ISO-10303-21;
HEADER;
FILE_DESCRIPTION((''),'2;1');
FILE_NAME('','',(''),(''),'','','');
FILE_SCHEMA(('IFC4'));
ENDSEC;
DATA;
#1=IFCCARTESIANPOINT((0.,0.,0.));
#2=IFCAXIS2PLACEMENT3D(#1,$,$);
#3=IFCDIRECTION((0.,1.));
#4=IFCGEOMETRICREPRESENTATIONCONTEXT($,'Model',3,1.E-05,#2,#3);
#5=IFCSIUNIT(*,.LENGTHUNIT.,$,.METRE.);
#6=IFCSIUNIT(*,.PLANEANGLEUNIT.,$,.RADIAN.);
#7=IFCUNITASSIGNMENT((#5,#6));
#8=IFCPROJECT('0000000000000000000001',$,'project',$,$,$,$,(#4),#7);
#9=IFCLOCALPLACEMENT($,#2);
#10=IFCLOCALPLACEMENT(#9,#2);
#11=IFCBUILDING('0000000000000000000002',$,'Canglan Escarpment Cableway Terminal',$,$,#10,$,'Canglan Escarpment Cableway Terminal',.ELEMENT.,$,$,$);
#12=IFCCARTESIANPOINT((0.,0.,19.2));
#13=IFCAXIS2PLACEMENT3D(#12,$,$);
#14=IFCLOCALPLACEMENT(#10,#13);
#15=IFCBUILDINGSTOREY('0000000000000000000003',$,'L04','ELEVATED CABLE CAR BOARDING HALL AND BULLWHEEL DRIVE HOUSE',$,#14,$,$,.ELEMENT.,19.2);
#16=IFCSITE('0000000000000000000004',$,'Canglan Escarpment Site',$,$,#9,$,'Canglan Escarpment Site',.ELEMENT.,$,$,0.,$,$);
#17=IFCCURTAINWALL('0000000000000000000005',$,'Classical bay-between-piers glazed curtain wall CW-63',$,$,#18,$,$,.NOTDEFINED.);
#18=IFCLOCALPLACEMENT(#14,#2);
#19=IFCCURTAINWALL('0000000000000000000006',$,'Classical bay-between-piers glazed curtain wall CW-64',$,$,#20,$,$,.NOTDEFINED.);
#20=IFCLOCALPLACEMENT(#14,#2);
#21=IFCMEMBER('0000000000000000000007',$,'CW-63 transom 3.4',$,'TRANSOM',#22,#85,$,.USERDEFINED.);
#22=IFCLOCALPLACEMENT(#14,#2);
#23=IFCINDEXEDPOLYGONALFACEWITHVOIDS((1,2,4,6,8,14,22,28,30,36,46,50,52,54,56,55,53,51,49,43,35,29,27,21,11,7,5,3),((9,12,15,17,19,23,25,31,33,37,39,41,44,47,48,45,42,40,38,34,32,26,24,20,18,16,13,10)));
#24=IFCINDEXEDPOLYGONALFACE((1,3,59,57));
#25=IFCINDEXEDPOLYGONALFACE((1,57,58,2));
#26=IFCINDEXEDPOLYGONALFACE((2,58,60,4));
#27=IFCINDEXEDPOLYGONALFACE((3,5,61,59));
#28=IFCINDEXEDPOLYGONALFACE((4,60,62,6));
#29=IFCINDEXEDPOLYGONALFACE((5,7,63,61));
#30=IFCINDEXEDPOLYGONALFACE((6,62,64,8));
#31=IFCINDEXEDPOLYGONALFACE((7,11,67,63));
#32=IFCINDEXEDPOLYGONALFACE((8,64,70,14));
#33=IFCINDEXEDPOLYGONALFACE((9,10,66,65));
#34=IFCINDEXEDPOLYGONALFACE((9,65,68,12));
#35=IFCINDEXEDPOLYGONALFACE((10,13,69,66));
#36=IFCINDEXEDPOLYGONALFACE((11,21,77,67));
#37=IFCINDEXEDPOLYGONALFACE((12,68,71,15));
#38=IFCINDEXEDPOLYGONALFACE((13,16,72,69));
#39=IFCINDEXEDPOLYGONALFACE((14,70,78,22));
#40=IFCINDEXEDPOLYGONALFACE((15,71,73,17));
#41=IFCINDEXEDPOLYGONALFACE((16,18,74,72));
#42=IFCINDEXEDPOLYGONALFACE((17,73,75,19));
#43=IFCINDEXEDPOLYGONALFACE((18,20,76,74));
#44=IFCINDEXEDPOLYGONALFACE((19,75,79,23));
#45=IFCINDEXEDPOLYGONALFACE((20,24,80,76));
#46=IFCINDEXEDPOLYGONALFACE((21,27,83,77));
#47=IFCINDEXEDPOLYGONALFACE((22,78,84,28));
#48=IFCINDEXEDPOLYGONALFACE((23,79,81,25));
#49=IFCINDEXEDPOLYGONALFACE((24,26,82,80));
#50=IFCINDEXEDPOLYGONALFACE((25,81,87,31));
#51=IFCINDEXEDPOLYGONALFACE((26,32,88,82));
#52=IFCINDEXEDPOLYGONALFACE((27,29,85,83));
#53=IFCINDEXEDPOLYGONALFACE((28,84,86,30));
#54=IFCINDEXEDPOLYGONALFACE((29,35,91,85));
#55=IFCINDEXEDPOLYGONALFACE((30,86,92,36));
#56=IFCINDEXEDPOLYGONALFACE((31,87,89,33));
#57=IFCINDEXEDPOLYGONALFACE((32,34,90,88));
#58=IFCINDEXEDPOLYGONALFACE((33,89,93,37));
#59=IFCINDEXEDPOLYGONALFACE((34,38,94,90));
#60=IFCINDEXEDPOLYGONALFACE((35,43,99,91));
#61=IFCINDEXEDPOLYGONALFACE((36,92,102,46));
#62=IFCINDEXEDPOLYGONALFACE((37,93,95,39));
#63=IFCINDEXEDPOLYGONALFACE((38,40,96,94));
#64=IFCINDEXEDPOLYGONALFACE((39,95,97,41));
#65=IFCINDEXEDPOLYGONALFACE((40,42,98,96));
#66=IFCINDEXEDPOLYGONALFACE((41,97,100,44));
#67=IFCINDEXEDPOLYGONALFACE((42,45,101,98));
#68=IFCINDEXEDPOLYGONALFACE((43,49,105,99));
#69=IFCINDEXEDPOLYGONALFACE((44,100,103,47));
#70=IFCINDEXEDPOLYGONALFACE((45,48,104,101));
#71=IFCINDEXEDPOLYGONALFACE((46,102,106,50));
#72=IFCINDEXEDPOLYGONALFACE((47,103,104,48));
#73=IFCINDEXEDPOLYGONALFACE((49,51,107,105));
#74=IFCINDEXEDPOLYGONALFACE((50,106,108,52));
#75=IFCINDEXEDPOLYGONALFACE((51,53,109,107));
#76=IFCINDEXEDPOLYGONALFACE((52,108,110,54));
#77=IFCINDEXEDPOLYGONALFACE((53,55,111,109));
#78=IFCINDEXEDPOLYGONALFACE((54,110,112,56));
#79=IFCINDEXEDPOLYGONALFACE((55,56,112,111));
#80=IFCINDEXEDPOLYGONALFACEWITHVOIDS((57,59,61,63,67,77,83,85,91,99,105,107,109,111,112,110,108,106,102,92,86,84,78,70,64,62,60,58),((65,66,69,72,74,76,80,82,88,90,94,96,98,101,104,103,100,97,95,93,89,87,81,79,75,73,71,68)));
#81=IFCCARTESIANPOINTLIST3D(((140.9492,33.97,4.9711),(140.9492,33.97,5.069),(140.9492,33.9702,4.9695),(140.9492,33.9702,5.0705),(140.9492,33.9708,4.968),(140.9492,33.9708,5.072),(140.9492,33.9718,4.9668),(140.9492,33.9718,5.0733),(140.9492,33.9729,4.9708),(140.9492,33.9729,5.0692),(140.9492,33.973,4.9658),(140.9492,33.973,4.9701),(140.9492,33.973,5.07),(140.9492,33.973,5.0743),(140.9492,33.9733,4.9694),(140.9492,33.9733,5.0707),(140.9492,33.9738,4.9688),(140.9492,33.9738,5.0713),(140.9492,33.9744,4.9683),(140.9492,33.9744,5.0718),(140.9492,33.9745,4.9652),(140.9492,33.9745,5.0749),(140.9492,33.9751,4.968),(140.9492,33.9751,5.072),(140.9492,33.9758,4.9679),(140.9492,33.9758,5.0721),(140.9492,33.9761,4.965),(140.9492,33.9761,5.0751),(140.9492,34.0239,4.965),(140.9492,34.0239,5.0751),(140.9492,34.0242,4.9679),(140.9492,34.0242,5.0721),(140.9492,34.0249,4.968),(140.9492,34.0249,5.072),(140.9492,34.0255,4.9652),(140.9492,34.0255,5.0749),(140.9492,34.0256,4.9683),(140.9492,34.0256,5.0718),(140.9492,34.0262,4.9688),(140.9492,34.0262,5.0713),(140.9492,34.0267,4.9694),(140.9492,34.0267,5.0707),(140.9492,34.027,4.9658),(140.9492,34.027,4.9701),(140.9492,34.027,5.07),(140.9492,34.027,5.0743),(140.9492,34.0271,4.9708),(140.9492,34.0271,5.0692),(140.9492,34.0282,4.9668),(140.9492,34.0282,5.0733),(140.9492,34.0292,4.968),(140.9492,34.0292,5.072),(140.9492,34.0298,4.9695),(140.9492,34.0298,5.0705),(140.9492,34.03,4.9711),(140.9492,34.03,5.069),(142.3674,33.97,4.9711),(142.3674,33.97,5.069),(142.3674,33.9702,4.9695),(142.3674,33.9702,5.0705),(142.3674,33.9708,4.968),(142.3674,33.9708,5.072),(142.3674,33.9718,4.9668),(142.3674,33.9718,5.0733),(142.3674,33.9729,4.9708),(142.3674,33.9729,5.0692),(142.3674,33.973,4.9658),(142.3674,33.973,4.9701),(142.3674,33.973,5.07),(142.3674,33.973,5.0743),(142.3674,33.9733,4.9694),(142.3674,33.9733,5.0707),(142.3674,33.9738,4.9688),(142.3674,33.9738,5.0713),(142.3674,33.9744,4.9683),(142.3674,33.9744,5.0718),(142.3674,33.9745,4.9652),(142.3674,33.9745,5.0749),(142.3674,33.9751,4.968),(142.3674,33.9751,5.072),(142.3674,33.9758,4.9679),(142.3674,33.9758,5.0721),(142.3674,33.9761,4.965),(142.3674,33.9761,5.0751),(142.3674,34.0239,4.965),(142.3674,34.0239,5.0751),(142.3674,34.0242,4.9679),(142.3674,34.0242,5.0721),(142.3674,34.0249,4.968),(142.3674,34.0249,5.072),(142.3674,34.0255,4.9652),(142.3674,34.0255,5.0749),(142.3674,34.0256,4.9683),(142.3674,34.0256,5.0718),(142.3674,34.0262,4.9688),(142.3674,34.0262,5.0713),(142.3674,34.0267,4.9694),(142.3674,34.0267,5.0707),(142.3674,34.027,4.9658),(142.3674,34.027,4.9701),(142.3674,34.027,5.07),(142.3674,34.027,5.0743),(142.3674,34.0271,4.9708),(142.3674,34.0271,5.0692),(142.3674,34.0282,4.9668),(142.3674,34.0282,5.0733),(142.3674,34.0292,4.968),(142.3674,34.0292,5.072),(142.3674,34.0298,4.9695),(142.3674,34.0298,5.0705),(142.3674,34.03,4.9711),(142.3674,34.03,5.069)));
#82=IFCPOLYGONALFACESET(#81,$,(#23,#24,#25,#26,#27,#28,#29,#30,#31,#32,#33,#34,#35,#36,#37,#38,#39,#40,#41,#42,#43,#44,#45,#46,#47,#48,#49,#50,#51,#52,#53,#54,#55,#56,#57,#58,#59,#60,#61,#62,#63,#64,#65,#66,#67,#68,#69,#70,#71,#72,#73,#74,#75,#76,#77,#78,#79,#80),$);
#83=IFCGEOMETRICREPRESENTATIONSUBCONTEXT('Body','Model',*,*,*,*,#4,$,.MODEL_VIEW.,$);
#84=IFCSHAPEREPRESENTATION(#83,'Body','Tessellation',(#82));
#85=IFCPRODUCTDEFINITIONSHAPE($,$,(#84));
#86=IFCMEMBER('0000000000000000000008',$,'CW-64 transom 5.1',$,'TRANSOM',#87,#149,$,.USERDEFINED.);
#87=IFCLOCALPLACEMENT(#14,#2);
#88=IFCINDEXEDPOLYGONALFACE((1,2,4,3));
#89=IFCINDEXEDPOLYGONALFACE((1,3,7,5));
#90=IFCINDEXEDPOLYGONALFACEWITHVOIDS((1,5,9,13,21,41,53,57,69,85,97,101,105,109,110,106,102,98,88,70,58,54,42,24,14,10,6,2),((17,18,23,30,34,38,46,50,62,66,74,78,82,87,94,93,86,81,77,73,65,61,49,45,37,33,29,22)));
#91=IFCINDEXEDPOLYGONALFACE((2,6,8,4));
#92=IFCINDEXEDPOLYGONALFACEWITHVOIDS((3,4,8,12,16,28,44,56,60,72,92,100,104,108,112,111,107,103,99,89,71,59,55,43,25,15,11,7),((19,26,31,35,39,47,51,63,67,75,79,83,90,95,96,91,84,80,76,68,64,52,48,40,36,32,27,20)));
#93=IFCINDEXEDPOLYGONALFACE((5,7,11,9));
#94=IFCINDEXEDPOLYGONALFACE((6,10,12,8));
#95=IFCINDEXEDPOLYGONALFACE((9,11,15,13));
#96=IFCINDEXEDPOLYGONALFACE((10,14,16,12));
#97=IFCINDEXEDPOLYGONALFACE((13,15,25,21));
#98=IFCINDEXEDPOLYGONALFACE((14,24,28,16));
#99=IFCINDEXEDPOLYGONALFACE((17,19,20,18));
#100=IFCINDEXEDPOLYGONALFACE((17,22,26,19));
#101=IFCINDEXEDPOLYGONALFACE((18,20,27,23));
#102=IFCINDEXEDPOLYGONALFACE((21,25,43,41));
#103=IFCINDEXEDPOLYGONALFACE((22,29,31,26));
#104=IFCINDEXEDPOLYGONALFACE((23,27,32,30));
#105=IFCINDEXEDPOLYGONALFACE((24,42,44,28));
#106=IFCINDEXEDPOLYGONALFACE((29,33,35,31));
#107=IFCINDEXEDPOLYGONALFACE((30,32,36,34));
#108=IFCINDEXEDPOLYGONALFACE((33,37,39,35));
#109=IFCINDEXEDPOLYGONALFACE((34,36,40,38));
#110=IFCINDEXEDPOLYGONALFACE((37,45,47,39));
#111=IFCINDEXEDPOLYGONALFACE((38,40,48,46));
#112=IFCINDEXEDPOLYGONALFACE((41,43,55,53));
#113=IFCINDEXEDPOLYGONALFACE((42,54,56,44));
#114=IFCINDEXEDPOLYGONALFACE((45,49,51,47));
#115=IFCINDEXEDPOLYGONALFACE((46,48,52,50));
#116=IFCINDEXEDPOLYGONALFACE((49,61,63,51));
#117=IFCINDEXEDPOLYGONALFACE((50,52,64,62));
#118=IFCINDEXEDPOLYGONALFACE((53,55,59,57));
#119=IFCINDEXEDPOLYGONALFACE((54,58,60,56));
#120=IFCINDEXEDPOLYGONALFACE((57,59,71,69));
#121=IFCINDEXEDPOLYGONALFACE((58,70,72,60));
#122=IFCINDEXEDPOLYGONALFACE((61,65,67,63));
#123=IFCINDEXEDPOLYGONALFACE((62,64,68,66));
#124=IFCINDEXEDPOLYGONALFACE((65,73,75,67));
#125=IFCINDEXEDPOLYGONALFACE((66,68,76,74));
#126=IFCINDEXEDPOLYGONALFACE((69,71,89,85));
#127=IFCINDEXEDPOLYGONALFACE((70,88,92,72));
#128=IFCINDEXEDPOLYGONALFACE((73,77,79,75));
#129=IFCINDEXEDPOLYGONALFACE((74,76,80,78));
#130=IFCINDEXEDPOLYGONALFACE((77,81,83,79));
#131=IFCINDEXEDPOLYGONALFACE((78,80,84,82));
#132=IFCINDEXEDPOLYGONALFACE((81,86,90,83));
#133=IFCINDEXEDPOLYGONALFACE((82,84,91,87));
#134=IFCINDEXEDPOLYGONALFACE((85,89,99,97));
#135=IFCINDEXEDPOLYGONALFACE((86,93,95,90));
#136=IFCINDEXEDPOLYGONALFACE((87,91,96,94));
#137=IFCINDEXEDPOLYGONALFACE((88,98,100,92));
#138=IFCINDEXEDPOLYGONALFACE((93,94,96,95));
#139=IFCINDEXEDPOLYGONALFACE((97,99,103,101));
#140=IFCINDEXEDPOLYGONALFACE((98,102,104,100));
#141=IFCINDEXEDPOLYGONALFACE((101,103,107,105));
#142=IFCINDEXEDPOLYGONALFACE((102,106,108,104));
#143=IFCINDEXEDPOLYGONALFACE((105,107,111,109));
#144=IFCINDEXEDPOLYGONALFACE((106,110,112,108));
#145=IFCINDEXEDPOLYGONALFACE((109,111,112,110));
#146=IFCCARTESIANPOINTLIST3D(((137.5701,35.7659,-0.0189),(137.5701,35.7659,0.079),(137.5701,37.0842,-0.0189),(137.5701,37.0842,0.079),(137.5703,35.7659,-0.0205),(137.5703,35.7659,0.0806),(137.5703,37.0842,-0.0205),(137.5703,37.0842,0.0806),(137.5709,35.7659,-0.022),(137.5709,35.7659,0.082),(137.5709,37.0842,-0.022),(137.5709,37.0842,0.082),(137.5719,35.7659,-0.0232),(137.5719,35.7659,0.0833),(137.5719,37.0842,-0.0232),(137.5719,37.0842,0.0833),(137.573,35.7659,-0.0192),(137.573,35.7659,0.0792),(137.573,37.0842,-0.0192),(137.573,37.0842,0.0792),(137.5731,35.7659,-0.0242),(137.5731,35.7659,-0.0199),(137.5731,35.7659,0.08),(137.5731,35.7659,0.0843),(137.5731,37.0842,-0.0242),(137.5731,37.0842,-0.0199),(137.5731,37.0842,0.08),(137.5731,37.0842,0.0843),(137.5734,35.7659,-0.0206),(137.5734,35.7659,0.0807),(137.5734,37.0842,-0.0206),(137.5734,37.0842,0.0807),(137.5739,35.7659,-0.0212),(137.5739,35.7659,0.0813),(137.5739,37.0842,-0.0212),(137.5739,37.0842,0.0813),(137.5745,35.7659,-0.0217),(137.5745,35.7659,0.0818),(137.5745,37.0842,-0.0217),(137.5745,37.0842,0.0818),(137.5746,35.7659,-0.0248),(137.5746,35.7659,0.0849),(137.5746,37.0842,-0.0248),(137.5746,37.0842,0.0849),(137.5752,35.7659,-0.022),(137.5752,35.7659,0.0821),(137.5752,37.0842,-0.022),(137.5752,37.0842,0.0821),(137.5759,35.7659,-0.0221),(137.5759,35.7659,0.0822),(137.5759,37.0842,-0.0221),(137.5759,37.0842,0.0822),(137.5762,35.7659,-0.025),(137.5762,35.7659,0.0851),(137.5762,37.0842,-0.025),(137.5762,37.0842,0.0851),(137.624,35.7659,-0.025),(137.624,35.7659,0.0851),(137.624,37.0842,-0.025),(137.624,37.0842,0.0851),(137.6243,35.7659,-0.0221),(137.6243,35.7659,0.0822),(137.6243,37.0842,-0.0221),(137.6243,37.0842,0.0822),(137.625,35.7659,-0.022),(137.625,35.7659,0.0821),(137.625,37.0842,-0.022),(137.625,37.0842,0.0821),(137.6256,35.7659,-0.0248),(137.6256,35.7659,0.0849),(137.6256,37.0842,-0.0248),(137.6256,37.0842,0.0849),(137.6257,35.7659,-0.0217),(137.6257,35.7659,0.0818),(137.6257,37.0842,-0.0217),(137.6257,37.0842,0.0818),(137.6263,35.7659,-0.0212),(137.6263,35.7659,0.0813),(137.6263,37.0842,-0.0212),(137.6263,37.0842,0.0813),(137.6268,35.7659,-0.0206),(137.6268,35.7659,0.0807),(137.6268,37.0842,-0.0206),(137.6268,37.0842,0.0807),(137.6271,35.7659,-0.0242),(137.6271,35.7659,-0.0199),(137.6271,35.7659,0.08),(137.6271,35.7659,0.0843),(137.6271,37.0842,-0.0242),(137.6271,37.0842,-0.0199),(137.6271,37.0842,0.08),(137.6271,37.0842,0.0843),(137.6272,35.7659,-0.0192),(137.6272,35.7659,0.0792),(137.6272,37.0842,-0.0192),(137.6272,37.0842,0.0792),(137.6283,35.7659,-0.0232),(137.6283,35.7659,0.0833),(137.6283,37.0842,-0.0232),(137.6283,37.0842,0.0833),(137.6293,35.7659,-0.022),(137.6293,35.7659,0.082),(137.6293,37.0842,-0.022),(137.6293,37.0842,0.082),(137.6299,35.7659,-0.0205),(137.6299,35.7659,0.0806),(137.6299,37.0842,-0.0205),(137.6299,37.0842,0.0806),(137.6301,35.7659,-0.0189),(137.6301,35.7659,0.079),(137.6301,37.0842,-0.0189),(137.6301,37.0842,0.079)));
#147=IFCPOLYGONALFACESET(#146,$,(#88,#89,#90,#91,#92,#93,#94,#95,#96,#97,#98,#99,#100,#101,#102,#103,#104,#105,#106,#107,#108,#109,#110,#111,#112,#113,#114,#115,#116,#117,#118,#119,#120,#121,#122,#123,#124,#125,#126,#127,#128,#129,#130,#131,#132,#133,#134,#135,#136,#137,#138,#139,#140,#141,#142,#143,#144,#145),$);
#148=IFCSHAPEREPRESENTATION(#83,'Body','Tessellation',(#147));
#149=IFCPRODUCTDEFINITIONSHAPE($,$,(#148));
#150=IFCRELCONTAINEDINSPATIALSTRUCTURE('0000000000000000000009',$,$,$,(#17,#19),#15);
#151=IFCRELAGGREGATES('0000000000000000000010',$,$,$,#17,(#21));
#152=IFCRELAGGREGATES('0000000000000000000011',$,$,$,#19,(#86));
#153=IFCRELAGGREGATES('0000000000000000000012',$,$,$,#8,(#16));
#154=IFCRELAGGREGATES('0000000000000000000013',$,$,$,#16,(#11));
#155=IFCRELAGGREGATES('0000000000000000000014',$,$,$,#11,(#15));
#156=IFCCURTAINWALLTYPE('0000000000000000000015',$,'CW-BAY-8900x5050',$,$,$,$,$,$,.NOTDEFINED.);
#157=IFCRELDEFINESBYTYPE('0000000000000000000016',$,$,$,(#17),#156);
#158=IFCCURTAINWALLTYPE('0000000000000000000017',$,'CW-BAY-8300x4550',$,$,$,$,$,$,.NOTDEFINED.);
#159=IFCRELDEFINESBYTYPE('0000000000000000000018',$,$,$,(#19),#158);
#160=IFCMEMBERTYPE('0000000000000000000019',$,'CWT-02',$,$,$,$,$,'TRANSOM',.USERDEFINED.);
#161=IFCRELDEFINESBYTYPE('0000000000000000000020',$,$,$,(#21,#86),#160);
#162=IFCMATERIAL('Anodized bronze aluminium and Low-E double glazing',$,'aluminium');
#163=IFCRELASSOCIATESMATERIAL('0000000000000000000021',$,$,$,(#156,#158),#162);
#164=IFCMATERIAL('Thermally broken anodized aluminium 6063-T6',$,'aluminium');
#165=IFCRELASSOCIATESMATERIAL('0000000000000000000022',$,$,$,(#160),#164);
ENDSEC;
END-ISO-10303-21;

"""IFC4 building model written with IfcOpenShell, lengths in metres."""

from ifc_helpers import new_model, si_unit, direction, frame, origin, origin_2d, place, context, subcontext, project, spatial, hollow_rectangle, extrude, material, material_profile, profile_set, type_object, element, aggregate, save


model = new_model("IFC4")

# Units and contexts
model_context = context("Model", 3, precision=1e-05, world=origin(), true_north=direction((0.0, 1.0)))
body_context = subcontext(model_context, "Body", "Model", "MODEL_VIEW")
ifc_project = project(units=[si_unit("LENGTHUNIT", "METRE"), si_unit("PLANEANGLEUNIT", "RADIAN")], contexts=[model_context])

# Site, building, storey
site_placement = place(None, origin())
site = spatial("IfcSite", under=ifc_project, at=site_placement, Name="Canglan Escarpment Site", LongName="Canglan Escarpment Site", CompositionType="ELEMENT", RefElevation=0.0)
building_placement = place(site_placement, origin())
building = spatial("IfcBuilding", under=site, at=building_placement, Name="Canglan Escarpment Cableway Terminal", LongName="Canglan Escarpment Cableway Terminal", CompositionType="ELEMENT")
storey_placement = place(building_placement, frame((0.0, 0.0, 19.2)))
storey = spatial("IfcBuildingStorey", under=building, at=storey_placement, Name="L04", Description="ELEVATED CABLE CAR BOARDING HALL AND BULLWHEEL DRIVE HOUSE", CompositionType="ELEMENT", Elevation=19.2)

# Curtain wall
ifc_material_1 = material(Name="Anodized bronze aluminium and Low-E double glazing", Category="aluminium")
curtain_wall_type_1 = type_object("IfcCurtainWallType", Name="CW-BAY-8900x5050", PredefinedType="NOTDEFINED", material=ifc_material_1)
curtain_wall_1_placement = place(storey_placement, origin())
curtain_wall_1 = element("IfcCurtainWall", 1, at=curtain_wall_1_placement, inside=storey, type_object=curtain_wall_type_1, Name="Classical bay-between-piers glazed curtain wall CW-63", PredefinedType="NOTDEFINED")
ifc_material_2 = material(Name="Thermally broken anodized aluminium 6063-T6", Category="aluminium")

# Curtain wall
curtain_wall_type_2 = type_object("IfcCurtainWallType", Name="CW-BAY-8300x4550", PredefinedType="NOTDEFINED", material=ifc_material_1)
curtain_wall_2_placement = place(storey_placement, origin())
curtain_wall_2 = element("IfcCurtainWall", 2, at=curtain_wall_2_placement, inside=storey, type_object=curtain_wall_type_2, Name="Classical bay-between-piers glazed curtain wall CW-64", PredefinedType="NOTDEFINED")

# Members
ifc_material_profile_1 = material_profile(ifc_material_2, hollow_rectangle(XDim=0.0601, YDim=0.1101, WallThickness=0.0029, InnerFilletRadius=0.0029, OuterFilletRadius=0.0061, at=origin_2d()), Name="ALU-TRAN 60x110x3")
ifc_profile_set_1 = profile_set([ifc_material_profile_1], Name="Thermally broken anodized aluminium 6063-T6")
member_type_1 = type_object("IfcMemberType", Name="CWT-02", ElementType="TRANSOM", PredefinedType="USERDEFINED", material=ifc_profile_set_1)
member_1_placement = place(storey_placement, frame((140.9492, 34.0, 5.02), z_axis=(1.0, 0.0, 0.0), x_axis=(0.0, 1.0, 0.0)))
member_1 = element("IfcMember", 3, at=member_1_placement, type_object=member_type_1, Name="CW-63 transom 3.4", ObjectType="TRANSOM", PredefinedType="USERDEFINED", context=body_context, shape_type="SweptSolid", body=[
    extrude(hollow_rectangle(XDim=0.0601, YDim=0.1101, WallThickness=0.0029, InnerFilletRadius=0.0029, OuterFilletRadius=0.0061, at=origin_2d()), origin(), (0.0, 0.0, 1.0), 1.4182),
])
member_2_placement = place(storey_placement, frame((137.6001, 37.0842, 0.03), z_axis=(0.0, -1.0, 0.0), x_axis=(1.0, 0.0, 0.0)))
member_2 = element("IfcMember", 4, at=member_2_placement, type_object=member_type_1, Name="CW-64 transom 5.1", ObjectType="TRANSOM", PredefinedType="USERDEFINED", context=body_context, shape_type="SweptSolid", body=[
    extrude(hollow_rectangle(XDim=0.0601, YDim=0.1101, WallThickness=0.0029, InnerFilletRadius=0.0029, OuterFilletRadius=0.0061, at=origin_2d()), origin(), (0.0, 0.0, 1.0), 1.3184),
])

aggregate(curtain_wall_1, [member_1])
aggregate(curtain_wall_2, [member_2])

save(model, "model.ifc")
